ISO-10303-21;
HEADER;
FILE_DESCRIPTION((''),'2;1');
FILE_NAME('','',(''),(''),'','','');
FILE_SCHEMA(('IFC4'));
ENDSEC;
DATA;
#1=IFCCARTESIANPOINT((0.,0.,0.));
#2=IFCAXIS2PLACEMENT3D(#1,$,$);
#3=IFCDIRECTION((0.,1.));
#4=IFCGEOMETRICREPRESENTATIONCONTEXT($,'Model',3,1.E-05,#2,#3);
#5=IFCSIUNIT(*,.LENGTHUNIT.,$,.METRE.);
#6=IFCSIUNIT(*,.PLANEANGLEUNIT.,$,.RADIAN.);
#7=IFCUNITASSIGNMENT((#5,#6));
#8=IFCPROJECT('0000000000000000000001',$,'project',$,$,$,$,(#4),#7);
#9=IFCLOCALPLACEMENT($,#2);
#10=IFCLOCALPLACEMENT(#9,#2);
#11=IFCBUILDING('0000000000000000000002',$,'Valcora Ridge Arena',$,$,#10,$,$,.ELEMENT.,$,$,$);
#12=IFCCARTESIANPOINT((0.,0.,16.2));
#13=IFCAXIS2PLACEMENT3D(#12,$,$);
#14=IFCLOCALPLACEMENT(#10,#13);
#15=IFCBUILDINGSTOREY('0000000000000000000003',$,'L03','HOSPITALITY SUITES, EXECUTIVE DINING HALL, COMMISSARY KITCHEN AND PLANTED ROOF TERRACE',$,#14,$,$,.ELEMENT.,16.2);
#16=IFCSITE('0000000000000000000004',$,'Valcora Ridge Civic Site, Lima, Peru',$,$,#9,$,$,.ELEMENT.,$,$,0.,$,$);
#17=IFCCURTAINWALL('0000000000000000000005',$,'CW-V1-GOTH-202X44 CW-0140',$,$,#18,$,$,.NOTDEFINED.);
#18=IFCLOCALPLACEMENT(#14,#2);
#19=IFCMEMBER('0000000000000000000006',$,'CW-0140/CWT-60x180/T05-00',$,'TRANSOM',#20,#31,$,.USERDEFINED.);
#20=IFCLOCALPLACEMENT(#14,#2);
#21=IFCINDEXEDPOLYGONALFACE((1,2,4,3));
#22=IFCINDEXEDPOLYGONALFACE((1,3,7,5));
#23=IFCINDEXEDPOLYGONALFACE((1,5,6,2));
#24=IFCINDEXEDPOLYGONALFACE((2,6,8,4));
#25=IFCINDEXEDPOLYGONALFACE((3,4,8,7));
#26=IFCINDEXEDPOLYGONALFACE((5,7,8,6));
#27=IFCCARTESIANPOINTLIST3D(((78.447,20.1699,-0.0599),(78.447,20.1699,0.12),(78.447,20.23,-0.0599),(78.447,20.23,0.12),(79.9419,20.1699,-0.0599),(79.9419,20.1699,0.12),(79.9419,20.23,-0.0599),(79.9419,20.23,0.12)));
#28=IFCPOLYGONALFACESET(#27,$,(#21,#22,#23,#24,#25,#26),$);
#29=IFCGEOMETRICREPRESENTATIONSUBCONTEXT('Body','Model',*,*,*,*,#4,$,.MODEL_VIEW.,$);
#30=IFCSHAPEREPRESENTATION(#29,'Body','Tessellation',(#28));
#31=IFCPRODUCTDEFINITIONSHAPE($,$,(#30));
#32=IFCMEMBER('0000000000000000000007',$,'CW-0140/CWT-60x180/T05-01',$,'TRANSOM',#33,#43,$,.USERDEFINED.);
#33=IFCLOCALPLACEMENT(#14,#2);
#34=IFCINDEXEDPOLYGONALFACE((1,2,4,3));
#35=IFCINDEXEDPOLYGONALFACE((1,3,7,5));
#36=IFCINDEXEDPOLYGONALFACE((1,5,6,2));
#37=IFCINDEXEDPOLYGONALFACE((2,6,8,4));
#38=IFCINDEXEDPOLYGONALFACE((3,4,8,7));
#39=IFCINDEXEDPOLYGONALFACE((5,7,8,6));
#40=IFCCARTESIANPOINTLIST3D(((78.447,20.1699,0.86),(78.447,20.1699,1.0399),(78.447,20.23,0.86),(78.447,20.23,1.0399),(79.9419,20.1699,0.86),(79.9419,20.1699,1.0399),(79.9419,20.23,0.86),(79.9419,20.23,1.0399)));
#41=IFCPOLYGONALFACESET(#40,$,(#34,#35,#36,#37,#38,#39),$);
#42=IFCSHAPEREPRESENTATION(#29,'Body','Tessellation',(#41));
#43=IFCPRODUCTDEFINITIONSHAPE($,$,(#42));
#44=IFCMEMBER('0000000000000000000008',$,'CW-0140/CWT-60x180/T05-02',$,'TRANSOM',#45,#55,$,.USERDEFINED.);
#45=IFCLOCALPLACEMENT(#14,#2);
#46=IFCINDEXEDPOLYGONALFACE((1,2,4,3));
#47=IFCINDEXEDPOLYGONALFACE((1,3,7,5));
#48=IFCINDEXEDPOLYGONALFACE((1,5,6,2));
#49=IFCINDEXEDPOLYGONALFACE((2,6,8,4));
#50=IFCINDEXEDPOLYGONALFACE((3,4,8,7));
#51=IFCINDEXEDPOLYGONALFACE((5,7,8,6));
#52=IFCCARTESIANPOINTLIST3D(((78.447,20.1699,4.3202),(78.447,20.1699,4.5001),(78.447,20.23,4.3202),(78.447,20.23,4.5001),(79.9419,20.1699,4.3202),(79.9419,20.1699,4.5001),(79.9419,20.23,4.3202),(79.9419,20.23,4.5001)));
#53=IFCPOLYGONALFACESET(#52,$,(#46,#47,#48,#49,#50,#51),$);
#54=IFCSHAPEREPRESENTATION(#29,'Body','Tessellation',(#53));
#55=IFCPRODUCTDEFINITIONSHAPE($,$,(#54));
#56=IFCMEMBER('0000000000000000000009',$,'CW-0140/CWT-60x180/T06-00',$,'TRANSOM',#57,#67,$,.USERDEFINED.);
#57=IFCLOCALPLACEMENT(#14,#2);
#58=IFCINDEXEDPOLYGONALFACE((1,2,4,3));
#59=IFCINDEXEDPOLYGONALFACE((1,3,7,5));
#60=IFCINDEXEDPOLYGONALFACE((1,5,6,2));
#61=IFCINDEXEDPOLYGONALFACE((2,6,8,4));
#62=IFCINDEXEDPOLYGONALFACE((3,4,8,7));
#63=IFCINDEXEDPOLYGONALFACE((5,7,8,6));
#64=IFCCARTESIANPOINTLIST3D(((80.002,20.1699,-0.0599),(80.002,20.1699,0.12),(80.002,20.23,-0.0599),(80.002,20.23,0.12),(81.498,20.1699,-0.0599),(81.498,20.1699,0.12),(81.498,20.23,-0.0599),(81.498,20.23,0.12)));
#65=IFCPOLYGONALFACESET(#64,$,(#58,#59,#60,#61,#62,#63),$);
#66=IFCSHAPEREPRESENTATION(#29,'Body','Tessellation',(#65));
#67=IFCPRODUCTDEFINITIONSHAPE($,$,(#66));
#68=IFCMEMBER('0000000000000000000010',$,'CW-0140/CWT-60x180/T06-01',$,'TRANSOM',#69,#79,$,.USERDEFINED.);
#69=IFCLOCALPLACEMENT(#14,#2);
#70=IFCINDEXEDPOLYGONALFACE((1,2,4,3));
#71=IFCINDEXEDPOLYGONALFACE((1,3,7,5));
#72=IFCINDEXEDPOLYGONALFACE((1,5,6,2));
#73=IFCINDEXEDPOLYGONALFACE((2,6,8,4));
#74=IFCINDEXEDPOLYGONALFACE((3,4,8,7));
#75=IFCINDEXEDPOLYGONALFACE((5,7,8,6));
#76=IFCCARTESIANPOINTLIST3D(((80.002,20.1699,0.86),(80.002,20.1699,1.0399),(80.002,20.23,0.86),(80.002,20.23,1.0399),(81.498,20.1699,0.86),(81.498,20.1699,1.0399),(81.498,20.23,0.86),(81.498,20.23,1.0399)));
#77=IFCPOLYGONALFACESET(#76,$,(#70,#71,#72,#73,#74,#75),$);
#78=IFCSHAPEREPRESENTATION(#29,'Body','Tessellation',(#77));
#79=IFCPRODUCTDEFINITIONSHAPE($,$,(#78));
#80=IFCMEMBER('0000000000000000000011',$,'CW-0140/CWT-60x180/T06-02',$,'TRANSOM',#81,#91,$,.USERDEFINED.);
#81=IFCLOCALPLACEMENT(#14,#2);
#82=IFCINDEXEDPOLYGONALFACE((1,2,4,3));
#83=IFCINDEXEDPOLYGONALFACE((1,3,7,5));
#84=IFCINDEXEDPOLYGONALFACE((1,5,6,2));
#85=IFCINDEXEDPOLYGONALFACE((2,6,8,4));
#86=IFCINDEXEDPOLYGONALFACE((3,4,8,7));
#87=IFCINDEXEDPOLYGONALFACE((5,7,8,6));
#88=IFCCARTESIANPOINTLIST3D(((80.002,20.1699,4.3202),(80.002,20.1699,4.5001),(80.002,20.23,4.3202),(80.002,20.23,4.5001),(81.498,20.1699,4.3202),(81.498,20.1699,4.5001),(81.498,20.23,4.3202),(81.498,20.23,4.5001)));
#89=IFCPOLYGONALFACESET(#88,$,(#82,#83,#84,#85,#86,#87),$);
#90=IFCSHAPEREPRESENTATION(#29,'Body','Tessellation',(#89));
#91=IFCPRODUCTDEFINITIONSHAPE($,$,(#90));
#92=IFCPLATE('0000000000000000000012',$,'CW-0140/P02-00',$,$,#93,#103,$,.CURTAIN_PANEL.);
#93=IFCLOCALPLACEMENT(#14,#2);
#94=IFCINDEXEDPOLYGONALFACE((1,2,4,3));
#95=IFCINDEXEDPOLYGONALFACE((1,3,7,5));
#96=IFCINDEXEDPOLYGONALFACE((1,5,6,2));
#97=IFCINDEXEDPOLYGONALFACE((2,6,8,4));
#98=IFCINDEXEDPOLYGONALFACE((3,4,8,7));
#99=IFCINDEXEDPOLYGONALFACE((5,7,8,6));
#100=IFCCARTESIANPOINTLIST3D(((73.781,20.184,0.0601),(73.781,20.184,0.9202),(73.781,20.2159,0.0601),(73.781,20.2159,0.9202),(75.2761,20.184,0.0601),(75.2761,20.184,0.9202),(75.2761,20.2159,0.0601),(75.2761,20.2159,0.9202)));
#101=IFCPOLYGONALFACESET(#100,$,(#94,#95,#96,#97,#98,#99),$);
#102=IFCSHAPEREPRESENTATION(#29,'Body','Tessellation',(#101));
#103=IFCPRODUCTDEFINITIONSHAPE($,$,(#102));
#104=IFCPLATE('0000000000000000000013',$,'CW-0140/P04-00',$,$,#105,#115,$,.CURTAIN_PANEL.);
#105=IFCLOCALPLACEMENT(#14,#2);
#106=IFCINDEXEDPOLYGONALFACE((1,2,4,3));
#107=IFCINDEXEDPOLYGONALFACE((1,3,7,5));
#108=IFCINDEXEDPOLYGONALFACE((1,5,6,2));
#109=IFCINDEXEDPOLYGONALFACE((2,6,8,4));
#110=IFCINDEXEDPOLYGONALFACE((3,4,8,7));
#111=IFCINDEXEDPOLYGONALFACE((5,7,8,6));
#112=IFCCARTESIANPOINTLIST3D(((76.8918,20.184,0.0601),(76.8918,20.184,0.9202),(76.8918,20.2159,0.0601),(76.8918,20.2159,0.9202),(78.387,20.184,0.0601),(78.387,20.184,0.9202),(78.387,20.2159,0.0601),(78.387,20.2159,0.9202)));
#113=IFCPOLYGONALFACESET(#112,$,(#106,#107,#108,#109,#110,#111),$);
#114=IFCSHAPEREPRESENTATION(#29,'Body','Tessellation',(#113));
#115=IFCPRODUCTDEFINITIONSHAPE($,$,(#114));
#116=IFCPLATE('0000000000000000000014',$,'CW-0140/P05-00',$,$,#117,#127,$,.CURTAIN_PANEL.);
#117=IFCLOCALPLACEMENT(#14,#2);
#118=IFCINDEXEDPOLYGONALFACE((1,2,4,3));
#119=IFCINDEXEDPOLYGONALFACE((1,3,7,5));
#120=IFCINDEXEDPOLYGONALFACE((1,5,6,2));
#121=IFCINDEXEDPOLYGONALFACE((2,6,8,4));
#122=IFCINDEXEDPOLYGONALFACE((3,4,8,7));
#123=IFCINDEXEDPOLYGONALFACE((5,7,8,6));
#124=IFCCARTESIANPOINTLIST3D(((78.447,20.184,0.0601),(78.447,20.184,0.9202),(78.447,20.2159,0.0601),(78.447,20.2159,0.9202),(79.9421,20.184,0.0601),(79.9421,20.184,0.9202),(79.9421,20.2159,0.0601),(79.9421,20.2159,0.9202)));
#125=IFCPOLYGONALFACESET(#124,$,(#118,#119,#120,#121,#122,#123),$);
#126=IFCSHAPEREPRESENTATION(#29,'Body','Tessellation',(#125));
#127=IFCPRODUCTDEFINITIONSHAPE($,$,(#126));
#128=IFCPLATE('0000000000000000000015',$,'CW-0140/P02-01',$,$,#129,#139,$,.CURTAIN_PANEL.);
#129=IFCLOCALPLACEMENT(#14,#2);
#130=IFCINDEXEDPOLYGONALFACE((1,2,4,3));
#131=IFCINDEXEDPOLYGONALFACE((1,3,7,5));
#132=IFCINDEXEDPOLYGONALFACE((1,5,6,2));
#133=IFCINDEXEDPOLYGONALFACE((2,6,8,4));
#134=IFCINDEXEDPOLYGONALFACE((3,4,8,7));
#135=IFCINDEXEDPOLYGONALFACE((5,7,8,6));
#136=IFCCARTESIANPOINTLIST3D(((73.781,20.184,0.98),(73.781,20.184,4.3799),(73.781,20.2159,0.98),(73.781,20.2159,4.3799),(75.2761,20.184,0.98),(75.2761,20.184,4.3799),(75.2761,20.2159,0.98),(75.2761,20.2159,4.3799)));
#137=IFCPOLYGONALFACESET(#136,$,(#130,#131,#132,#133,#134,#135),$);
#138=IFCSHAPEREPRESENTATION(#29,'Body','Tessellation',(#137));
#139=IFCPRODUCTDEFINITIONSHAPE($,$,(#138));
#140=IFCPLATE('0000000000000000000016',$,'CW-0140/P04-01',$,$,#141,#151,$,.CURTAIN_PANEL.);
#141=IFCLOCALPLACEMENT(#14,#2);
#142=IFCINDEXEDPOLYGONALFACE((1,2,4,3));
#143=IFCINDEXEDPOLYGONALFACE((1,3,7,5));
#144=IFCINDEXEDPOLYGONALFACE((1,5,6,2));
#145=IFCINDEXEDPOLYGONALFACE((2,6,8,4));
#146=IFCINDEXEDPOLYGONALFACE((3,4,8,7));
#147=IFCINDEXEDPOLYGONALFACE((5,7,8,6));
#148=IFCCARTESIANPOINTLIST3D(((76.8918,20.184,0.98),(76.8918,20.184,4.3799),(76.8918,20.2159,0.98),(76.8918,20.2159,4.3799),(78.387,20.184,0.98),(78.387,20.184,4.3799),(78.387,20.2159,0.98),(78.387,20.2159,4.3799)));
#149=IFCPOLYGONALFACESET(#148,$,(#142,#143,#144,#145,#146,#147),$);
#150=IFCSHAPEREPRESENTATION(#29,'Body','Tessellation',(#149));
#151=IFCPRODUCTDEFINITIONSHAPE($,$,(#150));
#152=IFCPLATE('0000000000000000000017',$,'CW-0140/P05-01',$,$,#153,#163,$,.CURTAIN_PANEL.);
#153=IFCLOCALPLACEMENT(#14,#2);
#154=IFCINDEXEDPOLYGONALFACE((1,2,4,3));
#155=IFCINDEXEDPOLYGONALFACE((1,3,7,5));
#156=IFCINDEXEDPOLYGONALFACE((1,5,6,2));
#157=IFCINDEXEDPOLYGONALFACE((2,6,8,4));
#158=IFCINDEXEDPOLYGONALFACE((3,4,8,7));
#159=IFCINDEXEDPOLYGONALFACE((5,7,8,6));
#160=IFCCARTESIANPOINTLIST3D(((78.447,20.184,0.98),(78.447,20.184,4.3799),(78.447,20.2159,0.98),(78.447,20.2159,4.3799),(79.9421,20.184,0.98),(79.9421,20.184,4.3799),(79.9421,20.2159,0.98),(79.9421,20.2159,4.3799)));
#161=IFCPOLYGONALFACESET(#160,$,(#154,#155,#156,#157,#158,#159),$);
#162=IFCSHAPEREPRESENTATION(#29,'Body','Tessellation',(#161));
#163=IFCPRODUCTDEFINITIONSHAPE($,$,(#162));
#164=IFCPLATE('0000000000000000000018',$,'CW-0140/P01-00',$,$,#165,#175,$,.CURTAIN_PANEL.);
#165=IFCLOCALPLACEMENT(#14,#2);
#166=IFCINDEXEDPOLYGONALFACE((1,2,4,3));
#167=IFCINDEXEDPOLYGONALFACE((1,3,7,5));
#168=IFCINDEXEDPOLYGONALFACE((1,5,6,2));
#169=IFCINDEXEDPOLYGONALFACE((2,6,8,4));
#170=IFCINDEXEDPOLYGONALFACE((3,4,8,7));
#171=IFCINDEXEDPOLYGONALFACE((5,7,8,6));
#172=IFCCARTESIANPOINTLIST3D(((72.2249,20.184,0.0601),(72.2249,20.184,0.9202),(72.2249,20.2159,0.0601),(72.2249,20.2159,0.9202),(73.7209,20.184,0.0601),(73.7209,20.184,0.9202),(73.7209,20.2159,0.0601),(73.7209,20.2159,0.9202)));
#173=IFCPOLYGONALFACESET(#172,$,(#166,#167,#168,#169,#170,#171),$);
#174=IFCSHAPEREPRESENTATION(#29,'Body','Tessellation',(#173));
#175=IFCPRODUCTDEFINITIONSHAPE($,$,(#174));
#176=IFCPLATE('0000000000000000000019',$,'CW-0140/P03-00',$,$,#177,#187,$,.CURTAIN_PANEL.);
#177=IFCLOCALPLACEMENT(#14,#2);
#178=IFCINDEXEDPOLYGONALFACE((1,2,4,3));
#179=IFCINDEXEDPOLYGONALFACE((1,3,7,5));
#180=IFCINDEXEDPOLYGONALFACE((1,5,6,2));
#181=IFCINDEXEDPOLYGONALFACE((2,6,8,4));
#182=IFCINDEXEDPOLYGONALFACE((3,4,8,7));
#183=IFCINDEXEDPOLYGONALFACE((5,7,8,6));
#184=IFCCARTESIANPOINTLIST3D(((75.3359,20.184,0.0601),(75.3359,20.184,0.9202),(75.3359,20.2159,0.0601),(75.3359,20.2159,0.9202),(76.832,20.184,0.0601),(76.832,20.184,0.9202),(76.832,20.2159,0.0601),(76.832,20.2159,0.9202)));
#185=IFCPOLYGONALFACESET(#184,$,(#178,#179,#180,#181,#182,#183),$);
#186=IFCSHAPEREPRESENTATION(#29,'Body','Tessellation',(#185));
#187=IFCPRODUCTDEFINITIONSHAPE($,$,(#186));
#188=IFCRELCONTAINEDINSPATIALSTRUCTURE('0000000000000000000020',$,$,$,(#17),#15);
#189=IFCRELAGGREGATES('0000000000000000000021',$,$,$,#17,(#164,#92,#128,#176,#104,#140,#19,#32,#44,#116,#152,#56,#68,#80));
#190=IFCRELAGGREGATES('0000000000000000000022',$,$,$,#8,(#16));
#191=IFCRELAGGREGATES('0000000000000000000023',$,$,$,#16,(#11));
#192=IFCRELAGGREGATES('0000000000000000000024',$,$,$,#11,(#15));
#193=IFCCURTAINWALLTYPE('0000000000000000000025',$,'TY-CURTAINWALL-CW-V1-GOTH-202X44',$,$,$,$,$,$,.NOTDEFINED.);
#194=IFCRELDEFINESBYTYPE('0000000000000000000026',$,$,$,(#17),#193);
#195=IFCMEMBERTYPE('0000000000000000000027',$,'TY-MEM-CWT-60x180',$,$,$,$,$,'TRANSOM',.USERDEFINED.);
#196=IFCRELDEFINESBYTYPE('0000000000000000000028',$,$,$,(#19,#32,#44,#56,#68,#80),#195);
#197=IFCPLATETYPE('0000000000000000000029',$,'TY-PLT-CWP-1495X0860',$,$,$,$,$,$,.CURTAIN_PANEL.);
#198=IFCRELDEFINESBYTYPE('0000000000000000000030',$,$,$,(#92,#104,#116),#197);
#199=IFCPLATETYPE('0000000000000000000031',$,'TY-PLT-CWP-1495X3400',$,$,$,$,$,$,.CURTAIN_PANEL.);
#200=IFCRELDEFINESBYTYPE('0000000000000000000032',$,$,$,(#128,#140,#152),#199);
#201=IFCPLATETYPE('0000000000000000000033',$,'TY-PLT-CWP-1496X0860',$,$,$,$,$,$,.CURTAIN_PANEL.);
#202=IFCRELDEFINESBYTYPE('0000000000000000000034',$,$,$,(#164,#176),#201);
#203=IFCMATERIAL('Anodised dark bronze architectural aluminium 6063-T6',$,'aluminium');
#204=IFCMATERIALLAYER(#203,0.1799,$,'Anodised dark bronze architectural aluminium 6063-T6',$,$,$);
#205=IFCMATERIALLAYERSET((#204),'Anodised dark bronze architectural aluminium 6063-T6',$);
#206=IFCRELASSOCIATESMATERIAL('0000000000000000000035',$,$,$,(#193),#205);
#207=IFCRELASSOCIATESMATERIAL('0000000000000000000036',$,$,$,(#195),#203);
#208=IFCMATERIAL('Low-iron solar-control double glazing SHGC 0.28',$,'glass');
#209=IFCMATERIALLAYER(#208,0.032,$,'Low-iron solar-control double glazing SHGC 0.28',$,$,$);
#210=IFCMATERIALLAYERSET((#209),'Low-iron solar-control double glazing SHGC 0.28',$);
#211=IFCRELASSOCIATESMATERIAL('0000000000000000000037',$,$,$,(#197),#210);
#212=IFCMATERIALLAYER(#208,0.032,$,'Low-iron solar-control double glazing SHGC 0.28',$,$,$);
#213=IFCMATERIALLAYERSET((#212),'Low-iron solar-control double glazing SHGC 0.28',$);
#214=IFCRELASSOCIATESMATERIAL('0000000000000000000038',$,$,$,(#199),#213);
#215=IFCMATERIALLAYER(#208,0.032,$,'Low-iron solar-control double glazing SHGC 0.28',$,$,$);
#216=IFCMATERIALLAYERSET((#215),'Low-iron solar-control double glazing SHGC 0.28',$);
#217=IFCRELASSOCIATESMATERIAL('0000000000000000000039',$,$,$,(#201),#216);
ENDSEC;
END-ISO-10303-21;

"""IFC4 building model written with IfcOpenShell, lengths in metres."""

from ifc_helpers import new_model, si_unit, direction, frame, origin, origin_2d, place, context, subcontext, project, spatial, rectangle, extrude, material, layer, layer_set, material_profile, profile_set, type_object, element, aggregate, save


model = new_model("IFC4")

# Units and contexts
model_context = context("Model", 3, precision=1e-05, world=origin(), true_north=direction((0.0, 1.0)))
body_context = subcontext(model_context, "Body", "Model", "MODEL_VIEW")
ifc_project = project(units=[si_unit("LENGTHUNIT", "METRE"), si_unit("PLANEANGLEUNIT", "RADIAN")], contexts=[model_context])

# Site, building, storey
site_placement = place(None, origin())
site = spatial("IfcSite", under=ifc_project, at=site_placement, Name="Valcora Ridge Civic Site, Lima, Peru", CompositionType="ELEMENT", RefElevation=0.0)
building_placement = place(site_placement, origin())
building = spatial("IfcBuilding", under=site, at=building_placement, Name="Valcora Ridge Arena", CompositionType="ELEMENT")
storey_placement = place(building_placement, frame((0.0, 0.0, 16.2)))
storey = spatial("IfcBuildingStorey", under=building, at=storey_placement, Name="L03", Description="HOSPITALITY SUITES, EXECUTIVE DINING HALL, COMMISSARY KITCHEN AND PLANTED ROOF TERRACE", CompositionType="ELEMENT", Elevation=16.2)

# Curtain wall, members, plates
ifc_material_1 = material(Name="Anodised dark bronze architectural aluminium 6063-T6", Category="aluminium")
ifc_layer_1 = layer(ifc_material_1, 0.1799, Name="Anodised dark bronze architectural aluminium 6063-T6")
ifc_layer_set_1 = layer_set([ifc_layer_1], Name="Anodised dark bronze architectural aluminium 6063-T6")
curtain_wall_type = type_object("IfcCurtainWallType", Name="TY-CURTAINWALL-CW-V1-GOTH-202X44", PredefinedType="NOTDEFINED", material=ifc_layer_set_1)
curtain_wall_placement = place(storey_placement, origin())
curtain_wall = element("IfcCurtainWall", 1, at=curtain_wall_placement, inside=storey, type_object=curtain_wall_type, Name="CW-V1-GOTH-202X44 CW-0140", PredefinedType="NOTDEFINED")
ifc_material_profile_1 = material_profile(ifc_material_1, rectangle(XDim=0.0601, YDim=0.1799, at=origin_2d()), Name="ALU TRANSOM 60x180")
ifc_profile_set_1 = profile_set([ifc_material_profile_1], Name="Anodised dark bronze architectural aluminium 6063-T6")
member_type_1 = type_object("IfcMemberType", Name="TY-MEM-CWT-60x180", ElementType="TRANSOM", PredefinedType="USERDEFINED", material=ifc_profile_set_1)
member_1_placement = place(storey_placement, frame((78.447, 20.2, 0.03), z_axis=(1.0, 0.0, 0.0), x_axis=(0.0, 1.0, 0.0)))
member_1 = element("IfcMember", 2, at=member_1_placement, type_object=member_type_1, Name="CW-0140/CWT-60x180/T05-00", ObjectType="TRANSOM", PredefinedType="USERDEFINED", context=body_context, shape_type="SweptSolid", body=[
    extrude(rectangle(XDim=0.0601, YDim=0.1799, at=origin_2d()), origin(), (0.0, 0.0, 1.0), 1.4949),
])
member_2_placement = place(storey_placement, frame((78.447, 20.2, 0.95), z_axis=(1.0, 0.0, 0.0), x_axis=(0.0, 1.0, 0.0)))
member_2 = element("IfcMember", 3, at=member_2_placement, type_object=member_type_1, Name="CW-0140/CWT-60x180/T05-01", ObjectType="TRANSOM", PredefinedType="USERDEFINED", context=body_context, shape_type="SweptSolid", body=[
    extrude(rectangle(XDim=0.0601, YDim=0.1799, at=origin_2d()), origin(), (0.0, 0.0, 1.0), 1.4949),
])
member_3_placement = place(storey_placement, frame((78.447, 20.2, 4.4102), z_axis=(1.0, 0.0, 0.0), x_axis=(0.0, 1.0, 0.0)))
member_3 = element("IfcMember", 4, at=member_3_placement, type_object=member_type_1, Name="CW-0140/CWT-60x180/T05-02", ObjectType="TRANSOM", PredefinedType="USERDEFINED", context=body_context, shape_type="SweptSolid", body=[
    extrude(rectangle(XDim=0.0601, YDim=0.1799, at=origin_2d()), origin(), (0.0, 0.0, 1.0), 1.4949),
])
member_4_placement = place(storey_placement, frame((80.002, 20.2, 0.03), z_axis=(1.0, 0.0, 0.0), x_axis=(0.0, 1.0, 0.0)))
member_4 = element("IfcMember", 5, at=member_4_placement, type_object=member_type_1, Name="CW-0140/CWT-60x180/T06-00", ObjectType="TRANSOM", PredefinedType="USERDEFINED", context=body_context, shape_type="SweptSolid", body=[
    extrude(rectangle(XDim=0.0601, YDim=0.1799, at=origin_2d()), origin(), (0.0, 0.0, 1.0), 1.4961),
])
member_5_placement = place(storey_placement, frame((80.002, 20.2, 0.95), z_axis=(1.0, 0.0, 0.0), x_axis=(0.0, 1.0, 0.0)))
member_5 = element("IfcMember", 6, at=member_5_placement, type_object=member_type_1, Name="CW-0140/CWT-60x180/T06-01", ObjectType="TRANSOM", PredefinedType="USERDEFINED", context=body_context, shape_type="SweptSolid", body=[
    extrude(rectangle(XDim=0.0601, YDim=0.1799, at=origin_2d()), origin(), (0.0, 0.0, 1.0), 1.4961),
])
member_6_placement = place(storey_placement, frame((80.002, 20.2, 4.4102), z_axis=(1.0, 0.0, 0.0), x_axis=(0.0, 1.0, 0.0)))
member_6 = element("IfcMember", 7, at=member_6_placement, type_object=member_type_1, Name="CW-0140/CWT-60x180/T06-02", ObjectType="TRANSOM", PredefinedType="USERDEFINED", context=body_context, shape_type="SweptSolid", body=[
    extrude(rectangle(XDim=0.0601, YDim=0.1799, at=origin_2d()), origin(), (0.0, 0.0, 1.0), 1.4961),
])
ifc_material_2 = material(Name="Low-iron solar-control double glazing SHGC 0.28", Category="glass")
ifc_layer_2 = layer(ifc_material_2, 0.032, Name="Low-iron solar-control double glazing SHGC 0.28")
ifc_layer_set_2 = layer_set([ifc_layer_2], Name="Low-iron solar-control double glazing SHGC 0.28")
plate_type_1 = type_object("IfcPlateType", Name="TY-PLT-CWP-1495X0860", PredefinedType="CURTAIN_PANEL", material=ifc_layer_set_2)
plate_1_placement = place(storey_placement, frame((74.5286, 20.2, 0.0601), z_axis=(0.0, 0.0, 1.0), x_axis=(1.0, 0.0, 0.0)))
plate_1 = element("IfcPlate", 8, at=plate_1_placement, type_object=plate_type_1, Name="CW-0140/P02-00", PredefinedType="CURTAIN_PANEL", context=body_context, shape_type="SweptSolid", body=[
    extrude(rectangle(XDim=1.4951, YDim=0.032, at=origin_2d()), origin(), (0.0, 0.0, 1.0), 0.8601),
])
plate_2_placement = place(storey_placement, frame((77.6394, 20.2, 0.0601), z_axis=(0.0, 0.0, 1.0), x_axis=(1.0, 0.0, 0.0)))
plate_2 = element("IfcPlate", 9, at=plate_2_placement, type_object=plate_type_1, Name="CW-0140/P04-00", PredefinedType="CURTAIN_PANEL", context=body_context, shape_type="SweptSolid", body=[
    extrude(rectangle(XDim=1.4951, YDim=0.032, at=origin_2d()), origin(), (0.0, 0.0, 1.0), 0.8601),
])
plate_3_placement = place(storey_placement, frame((79.1946, 20.2, 0.0601), z_axis=(0.0, 0.0, 1.0), x_axis=(1.0, 0.0, 0.0)))
plate_3 = element("IfcPlate", 10, at=plate_3_placement, type_object=plate_type_1, Name="CW-0140/P05-00", PredefinedType="CURTAIN_PANEL", context=body_context, shape_type="SweptSolid", body=[
    extrude(rectangle(XDim=1.4951, YDim=0.032, at=origin_2d()), origin(), (0.0, 0.0, 1.0), 0.8601),
])
ifc_layer_3 = layer(ifc_material_2, 0.032, Name="Low-iron solar-control double glazing SHGC 0.28")
ifc_layer_set_3 = layer_set([ifc_layer_3], Name="Low-iron solar-control double glazing SHGC 0.28")
plate_type_2 = type_object("IfcPlateType", Name="TY-PLT-CWP-1495X3400", PredefinedType="CURTAIN_PANEL", material=ifc_layer_set_3)
plate_4_placement = place(storey_placement, frame((74.5286, 20.2, 0.98), z_axis=(0.0, 0.0, 1.0), x_axis=(1.0, 0.0, 0.0)))
plate_4 = element("IfcPlate", 11, at=plate_4_placement, type_object=plate_type_2, Name="CW-0140/P02-01", PredefinedType="CURTAIN_PANEL", context=body_context, shape_type="SweptSolid", body=[
    extrude(rectangle(XDim=1.4951, YDim=0.032, at=origin_2d()), origin(), (0.0, 0.0, 1.0), 3.3999),
])
plate_5_placement = place(storey_placement, frame((77.6394, 20.2, 0.98), z_axis=(0.0, 0.0, 1.0), x_axis=(1.0, 0.0, 0.0)))
plate_5 = element("IfcPlate", 12, at=plate_5_placement, type_object=plate_type_2, Name="CW-0140/P04-01", PredefinedType="CURTAIN_PANEL", context=body_context, shape_type="SweptSolid", body=[
    extrude(rectangle(XDim=1.4951, YDim=0.032, at=origin_2d()), origin(), (0.0, 0.0, 1.0), 3.3999),
])
plate_6_placement = place(storey_placement, frame((79.1946, 20.2, 0.98), z_axis=(0.0, 0.0, 1.0), x_axis=(1.0, 0.0, 0.0)))
plate_6 = element("IfcPlate", 13, at=plate_6_placement, type_object=plate_type_2, Name="CW-0140/P05-01", PredefinedType="CURTAIN_PANEL", context=body_context, shape_type="SweptSolid", body=[
    extrude(rectangle(XDim=1.4951, YDim=0.032, at=origin_2d()), origin(), (0.0, 0.0, 1.0), 3.3999),
])
ifc_layer_4 = layer(ifc_material_2, 0.032, Name="Low-iron solar-control double glazing SHGC 0.28")
ifc_layer_set_4 = layer_set([ifc_layer_4], Name="Low-iron solar-control double glazing SHGC 0.28")
plate_type_3 = type_object("IfcPlateType", Name="TY-PLT-CWP-1496X0860", PredefinedType="CURTAIN_PANEL", material=ifc_layer_set_4)
plate_7_placement = place(storey_placement, frame((72.9729, 20.2, 0.0601), z_axis=(0.0, 0.0, 1.0), x_axis=(1.0, 0.0, 0.0)))
plate_7 = element("IfcPlate", 14, at=plate_7_placement, type_object=plate_type_3, Name="CW-0140/P01-00", PredefinedType="CURTAIN_PANEL", context=body_context, shape_type="SweptSolid", body=[
    extrude(rectangle(XDim=1.4961, YDim=0.032, at=origin_2d()), origin(), (0.0, 0.0, 1.0), 0.8601),
])
plate_8_placement = place(storey_placement, frame((76.084, 20.2, 0.0601), z_axis=(0.0, 0.0, 1.0), x_axis=(1.0, 0.0, 0.0)))
plate_8 = element("IfcPlate", 15, at=plate_8_placement, type_object=plate_type_3, Name="CW-0140/P03-00", PredefinedType="CURTAIN_PANEL", context=body_context, shape_type="SweptSolid", body=[
    extrude(rectangle(XDim=1.4961, YDim=0.032, at=origin_2d()), origin(), (0.0, 0.0, 1.0), 0.8601),
])
aggregate(curtain_wall, [plate_7, plate_1, plate_4, plate_8, plate_2, plate_5, member_1, member_2, member_3, plate_3, plate_6, member_4, member_5, member_6])

save(model, "model.ifc")
